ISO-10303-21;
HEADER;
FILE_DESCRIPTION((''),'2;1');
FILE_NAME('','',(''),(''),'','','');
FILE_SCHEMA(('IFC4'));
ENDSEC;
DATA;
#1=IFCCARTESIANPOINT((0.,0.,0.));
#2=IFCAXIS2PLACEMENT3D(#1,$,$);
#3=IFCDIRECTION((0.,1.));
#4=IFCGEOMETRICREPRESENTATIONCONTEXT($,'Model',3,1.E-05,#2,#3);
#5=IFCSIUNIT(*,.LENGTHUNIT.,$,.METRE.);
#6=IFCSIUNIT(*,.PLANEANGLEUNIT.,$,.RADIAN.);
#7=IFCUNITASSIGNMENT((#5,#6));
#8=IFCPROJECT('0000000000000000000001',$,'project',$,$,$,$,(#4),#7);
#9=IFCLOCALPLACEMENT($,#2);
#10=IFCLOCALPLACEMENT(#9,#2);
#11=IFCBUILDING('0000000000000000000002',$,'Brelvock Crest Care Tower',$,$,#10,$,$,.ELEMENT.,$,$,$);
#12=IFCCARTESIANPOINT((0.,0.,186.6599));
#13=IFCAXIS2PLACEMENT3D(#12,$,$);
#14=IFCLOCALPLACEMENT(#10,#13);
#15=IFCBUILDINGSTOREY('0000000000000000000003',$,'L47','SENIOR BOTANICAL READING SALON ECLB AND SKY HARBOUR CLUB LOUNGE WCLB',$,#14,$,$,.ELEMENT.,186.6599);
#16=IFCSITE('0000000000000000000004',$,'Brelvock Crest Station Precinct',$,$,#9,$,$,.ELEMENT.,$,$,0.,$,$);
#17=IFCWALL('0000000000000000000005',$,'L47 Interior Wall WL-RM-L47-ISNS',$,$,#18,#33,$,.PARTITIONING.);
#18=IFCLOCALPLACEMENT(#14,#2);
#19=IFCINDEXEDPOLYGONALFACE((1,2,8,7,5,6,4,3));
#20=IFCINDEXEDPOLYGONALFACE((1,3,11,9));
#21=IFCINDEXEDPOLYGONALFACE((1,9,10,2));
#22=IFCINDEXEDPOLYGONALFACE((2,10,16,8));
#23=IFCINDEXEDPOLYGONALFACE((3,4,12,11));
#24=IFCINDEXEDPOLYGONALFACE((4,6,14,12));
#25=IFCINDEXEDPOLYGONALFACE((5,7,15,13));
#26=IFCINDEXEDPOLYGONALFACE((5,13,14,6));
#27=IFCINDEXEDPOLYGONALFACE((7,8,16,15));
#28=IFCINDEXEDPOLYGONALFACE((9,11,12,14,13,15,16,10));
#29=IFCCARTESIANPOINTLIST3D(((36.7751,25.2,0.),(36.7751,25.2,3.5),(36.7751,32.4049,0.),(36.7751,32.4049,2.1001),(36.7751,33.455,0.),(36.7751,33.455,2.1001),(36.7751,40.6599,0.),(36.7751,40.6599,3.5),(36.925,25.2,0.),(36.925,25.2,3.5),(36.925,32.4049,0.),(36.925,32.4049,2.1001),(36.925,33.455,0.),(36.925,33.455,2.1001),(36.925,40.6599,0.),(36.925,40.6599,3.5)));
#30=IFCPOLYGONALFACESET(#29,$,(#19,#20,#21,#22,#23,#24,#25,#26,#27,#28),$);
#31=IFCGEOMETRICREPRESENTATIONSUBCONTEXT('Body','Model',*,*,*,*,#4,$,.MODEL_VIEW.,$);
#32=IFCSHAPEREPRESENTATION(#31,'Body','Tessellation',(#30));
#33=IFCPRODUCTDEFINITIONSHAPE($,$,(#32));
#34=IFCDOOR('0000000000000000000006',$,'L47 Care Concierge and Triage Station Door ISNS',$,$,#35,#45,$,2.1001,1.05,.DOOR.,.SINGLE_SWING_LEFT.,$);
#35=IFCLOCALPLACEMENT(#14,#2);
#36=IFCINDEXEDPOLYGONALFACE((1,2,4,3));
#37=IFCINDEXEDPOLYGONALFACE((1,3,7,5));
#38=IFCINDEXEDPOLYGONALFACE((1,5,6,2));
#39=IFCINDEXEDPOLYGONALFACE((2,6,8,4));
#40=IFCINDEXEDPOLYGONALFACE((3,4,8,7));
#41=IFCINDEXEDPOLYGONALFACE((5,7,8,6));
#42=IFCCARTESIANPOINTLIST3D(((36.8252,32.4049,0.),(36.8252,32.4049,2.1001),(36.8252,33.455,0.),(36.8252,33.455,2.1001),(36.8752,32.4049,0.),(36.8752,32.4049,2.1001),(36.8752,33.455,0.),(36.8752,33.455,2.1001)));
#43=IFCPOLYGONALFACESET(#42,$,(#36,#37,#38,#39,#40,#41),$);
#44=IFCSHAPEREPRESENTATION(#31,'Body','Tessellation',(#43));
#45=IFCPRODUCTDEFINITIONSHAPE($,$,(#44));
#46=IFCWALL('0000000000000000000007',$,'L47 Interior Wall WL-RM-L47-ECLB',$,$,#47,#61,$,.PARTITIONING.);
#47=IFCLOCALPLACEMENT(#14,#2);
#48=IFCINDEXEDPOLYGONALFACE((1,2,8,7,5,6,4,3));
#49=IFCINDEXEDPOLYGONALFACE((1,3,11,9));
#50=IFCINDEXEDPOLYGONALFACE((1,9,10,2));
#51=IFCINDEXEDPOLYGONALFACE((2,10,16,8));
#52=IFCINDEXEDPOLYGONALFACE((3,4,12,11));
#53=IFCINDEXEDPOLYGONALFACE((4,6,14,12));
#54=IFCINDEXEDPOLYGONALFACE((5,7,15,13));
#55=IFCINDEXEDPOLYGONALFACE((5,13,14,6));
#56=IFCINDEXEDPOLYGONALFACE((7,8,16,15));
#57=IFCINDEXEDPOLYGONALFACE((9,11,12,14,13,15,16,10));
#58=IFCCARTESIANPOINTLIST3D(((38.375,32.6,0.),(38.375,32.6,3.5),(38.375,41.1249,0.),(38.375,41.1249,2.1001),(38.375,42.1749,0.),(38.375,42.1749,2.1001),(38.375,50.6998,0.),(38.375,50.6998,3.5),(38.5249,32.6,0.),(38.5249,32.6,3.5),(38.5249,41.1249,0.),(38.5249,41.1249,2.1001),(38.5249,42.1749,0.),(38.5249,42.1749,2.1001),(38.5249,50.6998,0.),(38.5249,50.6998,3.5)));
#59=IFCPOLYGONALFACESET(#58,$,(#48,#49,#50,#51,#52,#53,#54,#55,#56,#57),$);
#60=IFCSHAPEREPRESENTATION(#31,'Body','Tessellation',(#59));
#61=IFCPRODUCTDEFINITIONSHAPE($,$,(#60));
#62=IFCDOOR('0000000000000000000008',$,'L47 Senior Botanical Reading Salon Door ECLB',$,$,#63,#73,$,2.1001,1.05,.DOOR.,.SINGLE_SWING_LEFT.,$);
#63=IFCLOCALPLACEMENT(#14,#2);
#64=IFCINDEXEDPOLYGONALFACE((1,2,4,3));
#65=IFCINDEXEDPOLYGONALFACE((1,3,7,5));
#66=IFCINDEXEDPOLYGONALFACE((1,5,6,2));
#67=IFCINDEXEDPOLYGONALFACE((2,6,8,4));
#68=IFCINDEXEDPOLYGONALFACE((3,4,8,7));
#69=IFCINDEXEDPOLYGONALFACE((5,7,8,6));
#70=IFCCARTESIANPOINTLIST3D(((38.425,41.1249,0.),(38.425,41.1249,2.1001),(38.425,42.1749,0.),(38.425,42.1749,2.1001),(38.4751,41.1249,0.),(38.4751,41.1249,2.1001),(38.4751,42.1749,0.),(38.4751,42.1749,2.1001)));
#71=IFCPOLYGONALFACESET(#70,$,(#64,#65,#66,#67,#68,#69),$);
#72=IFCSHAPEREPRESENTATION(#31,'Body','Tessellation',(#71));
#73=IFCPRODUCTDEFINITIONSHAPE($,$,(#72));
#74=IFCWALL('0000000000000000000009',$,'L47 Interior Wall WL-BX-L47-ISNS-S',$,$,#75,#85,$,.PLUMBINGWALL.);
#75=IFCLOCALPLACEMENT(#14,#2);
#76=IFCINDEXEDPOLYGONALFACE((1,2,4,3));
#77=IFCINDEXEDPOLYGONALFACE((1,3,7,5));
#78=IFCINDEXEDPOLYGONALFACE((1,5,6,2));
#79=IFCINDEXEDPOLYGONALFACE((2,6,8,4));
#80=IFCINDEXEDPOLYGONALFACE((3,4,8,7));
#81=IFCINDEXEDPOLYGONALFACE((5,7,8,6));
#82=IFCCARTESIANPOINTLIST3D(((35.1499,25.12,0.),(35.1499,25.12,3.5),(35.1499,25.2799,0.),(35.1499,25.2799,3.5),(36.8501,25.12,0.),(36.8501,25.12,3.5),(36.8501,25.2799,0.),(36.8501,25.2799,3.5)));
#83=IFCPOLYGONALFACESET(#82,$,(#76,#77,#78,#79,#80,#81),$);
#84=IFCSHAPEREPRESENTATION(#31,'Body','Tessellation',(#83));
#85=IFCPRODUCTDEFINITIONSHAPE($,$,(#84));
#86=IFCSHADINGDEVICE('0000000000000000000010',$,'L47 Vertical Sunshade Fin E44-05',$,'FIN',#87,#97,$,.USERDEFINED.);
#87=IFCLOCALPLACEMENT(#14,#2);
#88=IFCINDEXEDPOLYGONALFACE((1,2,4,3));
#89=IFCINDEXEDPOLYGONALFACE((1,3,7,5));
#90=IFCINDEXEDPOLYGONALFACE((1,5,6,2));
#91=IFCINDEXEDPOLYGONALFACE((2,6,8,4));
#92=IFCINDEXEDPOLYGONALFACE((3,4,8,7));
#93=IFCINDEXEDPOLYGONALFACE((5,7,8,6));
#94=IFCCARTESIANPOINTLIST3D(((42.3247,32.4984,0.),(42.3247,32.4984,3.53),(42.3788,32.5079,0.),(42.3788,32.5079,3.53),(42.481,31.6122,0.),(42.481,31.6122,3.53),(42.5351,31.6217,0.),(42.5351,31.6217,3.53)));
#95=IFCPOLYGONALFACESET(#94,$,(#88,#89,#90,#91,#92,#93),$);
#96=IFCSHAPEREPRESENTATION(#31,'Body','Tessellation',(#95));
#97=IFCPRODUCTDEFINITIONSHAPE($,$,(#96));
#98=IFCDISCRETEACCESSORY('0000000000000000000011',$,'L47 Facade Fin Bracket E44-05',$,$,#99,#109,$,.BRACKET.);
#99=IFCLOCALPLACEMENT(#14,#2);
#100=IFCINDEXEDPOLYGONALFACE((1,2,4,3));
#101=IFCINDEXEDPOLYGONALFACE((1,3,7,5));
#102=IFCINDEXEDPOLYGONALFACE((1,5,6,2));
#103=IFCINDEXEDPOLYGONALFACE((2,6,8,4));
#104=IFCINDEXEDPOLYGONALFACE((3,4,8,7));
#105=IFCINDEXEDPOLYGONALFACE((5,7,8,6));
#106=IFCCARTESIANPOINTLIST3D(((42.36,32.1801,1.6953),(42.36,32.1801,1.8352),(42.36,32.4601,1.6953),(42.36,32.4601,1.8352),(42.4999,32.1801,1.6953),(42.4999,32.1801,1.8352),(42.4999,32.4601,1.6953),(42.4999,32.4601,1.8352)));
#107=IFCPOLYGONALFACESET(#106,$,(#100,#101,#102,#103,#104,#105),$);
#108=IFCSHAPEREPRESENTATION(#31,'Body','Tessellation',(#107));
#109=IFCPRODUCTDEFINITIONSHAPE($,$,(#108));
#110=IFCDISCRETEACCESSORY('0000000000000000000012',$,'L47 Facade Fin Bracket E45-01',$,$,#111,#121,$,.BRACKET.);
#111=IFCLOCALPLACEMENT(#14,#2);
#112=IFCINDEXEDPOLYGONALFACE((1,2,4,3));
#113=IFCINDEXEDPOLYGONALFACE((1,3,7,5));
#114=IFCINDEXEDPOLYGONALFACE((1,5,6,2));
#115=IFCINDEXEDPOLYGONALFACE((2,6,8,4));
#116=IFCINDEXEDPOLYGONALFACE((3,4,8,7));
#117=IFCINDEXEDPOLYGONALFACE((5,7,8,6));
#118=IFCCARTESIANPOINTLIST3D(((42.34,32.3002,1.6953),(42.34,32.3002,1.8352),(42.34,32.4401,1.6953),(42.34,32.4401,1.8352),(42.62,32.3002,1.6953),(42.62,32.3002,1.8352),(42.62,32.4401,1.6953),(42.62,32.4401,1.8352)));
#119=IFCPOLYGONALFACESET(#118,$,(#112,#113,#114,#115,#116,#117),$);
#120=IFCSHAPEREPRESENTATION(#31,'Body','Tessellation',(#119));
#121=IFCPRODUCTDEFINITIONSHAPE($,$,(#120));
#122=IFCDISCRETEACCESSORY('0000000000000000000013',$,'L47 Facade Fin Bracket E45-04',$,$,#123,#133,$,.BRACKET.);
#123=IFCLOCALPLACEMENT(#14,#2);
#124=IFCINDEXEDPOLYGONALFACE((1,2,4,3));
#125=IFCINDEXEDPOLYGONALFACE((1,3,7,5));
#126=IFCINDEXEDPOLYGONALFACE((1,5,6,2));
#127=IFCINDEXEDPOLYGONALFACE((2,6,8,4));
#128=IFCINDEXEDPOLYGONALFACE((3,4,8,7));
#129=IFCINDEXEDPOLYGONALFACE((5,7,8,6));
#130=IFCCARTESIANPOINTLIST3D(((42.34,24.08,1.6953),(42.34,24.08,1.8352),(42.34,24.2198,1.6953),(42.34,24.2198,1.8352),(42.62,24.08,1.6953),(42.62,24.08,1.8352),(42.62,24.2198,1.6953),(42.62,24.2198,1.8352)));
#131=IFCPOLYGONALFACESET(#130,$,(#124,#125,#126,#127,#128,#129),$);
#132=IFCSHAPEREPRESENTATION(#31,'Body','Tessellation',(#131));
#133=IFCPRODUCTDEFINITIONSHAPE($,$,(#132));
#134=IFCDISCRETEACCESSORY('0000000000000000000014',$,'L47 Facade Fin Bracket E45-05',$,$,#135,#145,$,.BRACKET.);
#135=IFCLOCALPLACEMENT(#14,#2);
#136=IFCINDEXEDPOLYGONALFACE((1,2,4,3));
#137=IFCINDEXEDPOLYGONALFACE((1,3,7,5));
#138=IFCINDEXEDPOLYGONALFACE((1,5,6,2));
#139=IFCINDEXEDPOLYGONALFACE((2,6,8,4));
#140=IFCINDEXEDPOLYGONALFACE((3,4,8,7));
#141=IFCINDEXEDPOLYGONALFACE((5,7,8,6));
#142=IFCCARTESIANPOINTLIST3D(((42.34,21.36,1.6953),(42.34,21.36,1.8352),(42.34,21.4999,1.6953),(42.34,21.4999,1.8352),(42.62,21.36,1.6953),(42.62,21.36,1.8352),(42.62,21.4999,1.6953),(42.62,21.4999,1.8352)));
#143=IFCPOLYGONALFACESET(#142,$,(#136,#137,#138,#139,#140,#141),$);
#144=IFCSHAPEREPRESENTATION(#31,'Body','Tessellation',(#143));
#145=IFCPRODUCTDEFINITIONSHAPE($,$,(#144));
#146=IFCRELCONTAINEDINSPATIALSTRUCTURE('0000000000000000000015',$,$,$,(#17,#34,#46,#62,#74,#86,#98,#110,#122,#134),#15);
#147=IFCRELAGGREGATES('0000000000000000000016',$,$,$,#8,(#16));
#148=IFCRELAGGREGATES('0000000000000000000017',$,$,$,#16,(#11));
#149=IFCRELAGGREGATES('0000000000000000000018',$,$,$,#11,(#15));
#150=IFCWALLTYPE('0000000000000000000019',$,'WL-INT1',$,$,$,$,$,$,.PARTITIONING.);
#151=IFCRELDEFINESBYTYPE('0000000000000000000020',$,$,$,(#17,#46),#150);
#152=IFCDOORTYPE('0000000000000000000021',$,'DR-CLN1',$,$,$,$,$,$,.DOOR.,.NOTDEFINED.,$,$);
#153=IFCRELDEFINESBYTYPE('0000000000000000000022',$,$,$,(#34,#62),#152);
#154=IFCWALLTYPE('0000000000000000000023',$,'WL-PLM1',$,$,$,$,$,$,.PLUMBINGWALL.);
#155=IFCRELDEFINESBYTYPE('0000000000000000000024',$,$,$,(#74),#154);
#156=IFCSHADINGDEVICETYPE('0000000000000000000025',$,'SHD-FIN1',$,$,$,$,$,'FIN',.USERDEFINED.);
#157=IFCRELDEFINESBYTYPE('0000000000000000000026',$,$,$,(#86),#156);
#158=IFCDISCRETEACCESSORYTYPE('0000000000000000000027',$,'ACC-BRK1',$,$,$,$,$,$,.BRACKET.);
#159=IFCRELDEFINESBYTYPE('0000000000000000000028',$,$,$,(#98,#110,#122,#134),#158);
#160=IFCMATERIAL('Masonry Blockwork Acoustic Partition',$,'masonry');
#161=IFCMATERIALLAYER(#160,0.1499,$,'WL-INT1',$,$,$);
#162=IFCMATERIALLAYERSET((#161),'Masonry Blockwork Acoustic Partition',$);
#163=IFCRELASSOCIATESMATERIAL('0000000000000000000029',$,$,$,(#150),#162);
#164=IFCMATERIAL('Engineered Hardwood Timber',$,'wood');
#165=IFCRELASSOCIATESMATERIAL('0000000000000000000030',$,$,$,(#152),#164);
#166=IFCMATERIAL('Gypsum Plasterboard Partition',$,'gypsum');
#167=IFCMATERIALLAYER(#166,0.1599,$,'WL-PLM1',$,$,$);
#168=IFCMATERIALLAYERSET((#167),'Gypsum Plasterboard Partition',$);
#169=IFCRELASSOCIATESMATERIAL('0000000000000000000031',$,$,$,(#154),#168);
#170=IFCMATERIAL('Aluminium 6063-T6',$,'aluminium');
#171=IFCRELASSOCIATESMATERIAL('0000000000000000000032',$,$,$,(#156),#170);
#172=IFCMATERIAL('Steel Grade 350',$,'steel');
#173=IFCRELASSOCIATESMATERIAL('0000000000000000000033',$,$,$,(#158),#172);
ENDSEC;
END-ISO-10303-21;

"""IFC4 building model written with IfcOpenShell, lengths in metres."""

from ifc_helpers import new_model, si_unit, direction, frame, frame_2d, origin, origin_2d, place, context, subcontext, project, spatial, rectangle, extrude, source, transform, mapped, material, layer, layer_set, material_profile, profile_set, type_object, element, fill, save


model = new_model("IFC4")

# Units and contexts
model_context = context("Model", 3, precision=1e-05, world=origin(), true_north=direction((0.0, 1.0)))
body_context = subcontext(model_context, "Body", "Model", "MODEL_VIEW")
ifc_project = project(units=[si_unit("LENGTHUNIT", "METRE"), si_unit("PLANEANGLEUNIT", "RADIAN")], contexts=[model_context])

# Site, building, storey
site_placement = place(None, origin())
site = spatial("IfcSite", under=ifc_project, at=site_placement, Name="Brelvock Crest Station Precinct", CompositionType="ELEMENT", RefElevation=0.0)
building_placement = place(site_placement, origin())
building = spatial("IfcBuilding", under=site, at=building_placement, Name="Brelvock Crest Care Tower", CompositionType="ELEMENT")
storey_placement = place(building_placement, frame((0.0, 0.0, 186.6599)))
storey = spatial("IfcBuildingStorey", under=building, at=storey_placement, Name="L47", Description="SENIOR BOTANICAL READING SALON ECLB AND SKY HARBOUR CLUB LOUNGE WCLB", CompositionType="ELEMENT", Elevation=186.6599)

# Shared definitions
ifc_material_1 = material(Name="Steel Grade 350", Category="steel")

# Shared definitions
ifc_material_2 = material(Name="Aluminium 6063-T6", Category="aluminium")

# Shared definitions
ifc_material_3 = material(Name="Masonry Blockwork Acoustic Partition", Category="masonry")
ifc_layer_1 = layer(ifc_material_3, 0.1499, Name="WL-INT1")
ifc_layer_set_1 = layer_set([ifc_layer_1], Name="Masonry Blockwork Acoustic Partition")
wall_type_1 = type_object("IfcWallType", Name="WL-INT1", PredefinedType="PARTITIONING", material=ifc_layer_set_1)

# Walls, openings, doors
wall_1_placement = place(storey_placement, frame((36.8501, 25.2, 0.0), z_axis=(0.0, 0.0, 1.0), x_axis=(0.0, 1.0, 0.0)))
wall_1 = element("IfcWall", 1, at=wall_1_placement, inside=storey, type_object=wall_type_1, Name="L47 Interior Wall WL-RM-L47-ISNS", PredefinedType="PARTITIONING", context=body_context, shape_type="SweptSolid", body=[
    extrude(rectangle(XDim=15.46, YDim=0.1499, at=frame_2d((7.73, 0.0))), origin(), (0.0, 0.0, 1.0), 3.5),
])
opening_1_placement = place(wall_1_placement, frame((7.2051, 0.0, 0.0)))
opening_1 = element("IfcOpeningElement", 2, at=opening_1_placement, cuts=wall_1, PredefinedType="OPENING", context=body_context, shape_type="SweptSolid", body=[
    extrude(rectangle(XDim=1.05, YDim=2.1001, at=origin_2d()), frame((0.5249, 0.085, 1.05), z_axis=(0.0, -1.0, 0.0), x_axis=(1.0, 0.0, 0.0)), (0.0, 0.0, 1.0), 0.1699),
])
ifc_material_4 = material(Name="Engineered Hardwood Timber", Category="wood")
door_type = type_object("IfcDoorType", Name="DR-CLN1", OperationType="NOTDEFINED", PredefinedType="DOOR", material=ifc_material_4)
shared_shape_1 = source(origin(), body_context, "Body", "SweptSolid", [
    extrude(rectangle(XDim=1.05, YDim=2.1001, at=origin_2d()), frame((0.5249, 0.0249, 1.05), z_axis=(0.0, -1.0, 0.0), x_axis=(1.0, 0.0, 0.0)), (0.0, 0.0, 1.0), 0.05),
])
door_1_placement = place(opening_1_placement, origin())
door_1 = element("IfcDoor", 3, at=door_1_placement, inside=storey, type_object=door_type, Name="L47 Care Concierge and Triage Station Door ISNS", OperationType="SINGLE_SWING_LEFT", OverallHeight=2.1001, OverallWidth=1.05, PredefinedType="DOOR", context=body_context, shape_type="MappedRepresentation", body=[
    mapped(shared_shape_1, transform((0.0, 0.0, 0.0), x_axis=(1.0, 0.0, 0.0), y_axis=(0.0, 1.0, 0.0), z_axis=(0.0, 0.0, 1.0), scale=1.0)),
])
fill(opening_1, door_1)
wall_2_placement = place(storey_placement, frame((38.45, 32.6001, 0.0), z_axis=(0.0, 0.0, 1.0), x_axis=(0.0, 1.0, 0.0)))
wall_2 = element("IfcWall", 4, at=wall_2_placement, inside=storey, type_object=wall_type_1, Name="L47 Interior Wall WL-RM-L47-ECLB", PredefinedType="PARTITIONING", context=body_context, shape_type="SweptSolid", body=[
    extrude(rectangle(XDim=18.0999, YDim=0.1499, at=frame_2d((9.0498, 0.0))), origin(), (0.0, 0.0, 1.0), 3.5),
])
opening_2_placement = place(wall_2_placement, frame((8.5249, 0.0, 0.0)))
opening_2 = element("IfcOpeningElement", 5, at=opening_2_placement, cuts=wall_2, PredefinedType="OPENING", context=body_context, shape_type="SweptSolid", body=[
    extrude(rectangle(XDim=1.05, YDim=2.1001, at=origin_2d()), frame((0.5249, 0.085, 1.05), z_axis=(0.0, -1.0, 0.0), x_axis=(1.0, 0.0, 0.0)), (0.0, 0.0, 1.0), 0.1699),
])
door_2_placement = place(opening_2_placement, origin())
door_2 = element("IfcDoor", 6, at=door_2_placement, inside=storey, type_object=door_type, Name="L47 Senior Botanical Reading Salon Door ECLB", OperationType="SINGLE_SWING_LEFT", OverallHeight=2.1001, OverallWidth=1.05, PredefinedType="DOOR", context=body_context, shape_type="MappedRepresentation", body=[
    mapped(shared_shape_1, transform((0.0, 0.0, 0.0), x_axis=(1.0, 0.0, 0.0), y_axis=(0.0, 1.0, 0.0), z_axis=(0.0, 0.0, 1.0), scale=1.0)),
])
fill(opening_2, door_2)

# Wall
ifc_material_5 = material(Name="Gypsum Plasterboard Partition", Category="gypsum")
ifc_layer_2 = layer(ifc_material_5, 0.1599, Name="WL-PLM1")
ifc_layer_set_2 = layer_set([ifc_layer_2], Name="Gypsum Plasterboard Partition")
wall_type_2 = type_object("IfcWallType", Name="WL-PLM1", PredefinedType="PLUMBINGWALL", material=ifc_layer_set_2)
wall_3_placement = place(storey_placement, frame((35.1499, 25.2, 0.0), z_axis=(0.0, 0.0, 1.0), x_axis=(1.0, 0.0, 0.0)))
element("IfcWall", 7, at=wall_3_placement, inside=storey, type_object=wall_type_2, Name="L47 Interior Wall WL-BX-L47-ISNS-S", PredefinedType="PLUMBINGWALL", context=body_context, shape_type="SweptSolid", body=[
    extrude(rectangle(XDim=1.7002, YDim=0.1599, at=frame_2d((0.8501, 0.0))), origin(), (0.0, 0.0, 1.0), 3.5),
])

# Shading device
ifc_material_profile_1 = material_profile(ifc_material_2, rectangle(XDim=0.0549, YDim=0.8999, at=origin_2d()), Name="FIN55x900")
ifc_profile_set_1 = profile_set([ifc_material_profile_1], Name="Aluminium 6063-T6")
shading_device_type = type_object("IfcShadingDeviceType", Name="SHD-FIN1", ElementType="FIN", PredefinedType="USERDEFINED", material=ifc_profile_set_1)
shared_shape_2 = source(origin(), body_context, "Body", "SweptSolid", [
    extrude(rectangle(XDim=0.0549, YDim=0.8999, at=origin_2d()), origin(), (0.0, 0.0, 1.0), 3.53),
])
shading_device_placement = place(storey_placement, frame((42.4299, 32.0601, 0.0), z_axis=(0.0, 0.0, 1.0), x_axis=(-0.984808, -0.173648, 0.0)))
element("IfcShadingDevice", 8, at=shading_device_placement, inside=storey, type_object=shading_device_type, Name="L47 Vertical Sunshade Fin E44-05", ObjectType="FIN", PredefinedType="USERDEFINED", context=body_context, shape_type="MappedRepresentation", body=[
    mapped(shared_shape_2, transform((0.0, 0.0, 0.0), x_axis=(1.0, 0.0, 0.0), y_axis=(0.0, 1.0, 0.0), z_axis=(0.0, 0.0, 1.0), scale=1.0)),
])

# Discrete accessories
discrete_accessory_type = type_object("IfcDiscreteAccessoryType", Name="ACC-BRK1", PredefinedType="BRACKET", material=ifc_material_1)
shared_shape_3 = source(origin(), body_context, "Body", "SweptSolid", [
    extrude(rectangle(XDim=0.28, YDim=0.1399, at=origin_2d()), origin(), (0.0, 0.0, 1.0), 0.1399),
])
for number, where, z_axis, x_axis, name in (
    (9, (42.4299, 32.3201, 1.6953), (0.0, 0.0, 1.0), (0.0, -1.0, 0.0), "L47 Facade Fin Bracket E44-05"),
    (10, (42.48, 32.3701, 1.6953), (0.0, 0.0, 1.0), (1.0, 0.0, 0.0), "L47 Facade Fin Bracket E45-01"),
    (11, (42.48, 24.1499, 1.6953), (0.0, 0.0, 1.0), (1.0, 0.0, 0.0), "L47 Facade Fin Bracket E45-04"),
    (12, (42.48, 21.4299, 1.6953), (0.0, 0.0, 1.0), (1.0, 0.0, 0.0), "L47 Facade Fin Bracket E45-05"),
):
    element("IfcDiscreteAccessory", number, at=place(storey_placement, frame(where, z_axis=z_axis, x_axis=x_axis)), inside=storey, type_object=discrete_accessory_type, Name=name, PredefinedType="BRACKET", context=body_context, shape_type="MappedRepresentation", body=[
        mapped(shared_shape_3, transform((0.0, 0.0, 0.0), x_axis=(1.0, 0.0, 0.0), y_axis=(0.0, 1.0, 0.0), z_axis=(0.0, 0.0, 1.0), scale=1.0)),
    ])

save(model, "model.ifc")
